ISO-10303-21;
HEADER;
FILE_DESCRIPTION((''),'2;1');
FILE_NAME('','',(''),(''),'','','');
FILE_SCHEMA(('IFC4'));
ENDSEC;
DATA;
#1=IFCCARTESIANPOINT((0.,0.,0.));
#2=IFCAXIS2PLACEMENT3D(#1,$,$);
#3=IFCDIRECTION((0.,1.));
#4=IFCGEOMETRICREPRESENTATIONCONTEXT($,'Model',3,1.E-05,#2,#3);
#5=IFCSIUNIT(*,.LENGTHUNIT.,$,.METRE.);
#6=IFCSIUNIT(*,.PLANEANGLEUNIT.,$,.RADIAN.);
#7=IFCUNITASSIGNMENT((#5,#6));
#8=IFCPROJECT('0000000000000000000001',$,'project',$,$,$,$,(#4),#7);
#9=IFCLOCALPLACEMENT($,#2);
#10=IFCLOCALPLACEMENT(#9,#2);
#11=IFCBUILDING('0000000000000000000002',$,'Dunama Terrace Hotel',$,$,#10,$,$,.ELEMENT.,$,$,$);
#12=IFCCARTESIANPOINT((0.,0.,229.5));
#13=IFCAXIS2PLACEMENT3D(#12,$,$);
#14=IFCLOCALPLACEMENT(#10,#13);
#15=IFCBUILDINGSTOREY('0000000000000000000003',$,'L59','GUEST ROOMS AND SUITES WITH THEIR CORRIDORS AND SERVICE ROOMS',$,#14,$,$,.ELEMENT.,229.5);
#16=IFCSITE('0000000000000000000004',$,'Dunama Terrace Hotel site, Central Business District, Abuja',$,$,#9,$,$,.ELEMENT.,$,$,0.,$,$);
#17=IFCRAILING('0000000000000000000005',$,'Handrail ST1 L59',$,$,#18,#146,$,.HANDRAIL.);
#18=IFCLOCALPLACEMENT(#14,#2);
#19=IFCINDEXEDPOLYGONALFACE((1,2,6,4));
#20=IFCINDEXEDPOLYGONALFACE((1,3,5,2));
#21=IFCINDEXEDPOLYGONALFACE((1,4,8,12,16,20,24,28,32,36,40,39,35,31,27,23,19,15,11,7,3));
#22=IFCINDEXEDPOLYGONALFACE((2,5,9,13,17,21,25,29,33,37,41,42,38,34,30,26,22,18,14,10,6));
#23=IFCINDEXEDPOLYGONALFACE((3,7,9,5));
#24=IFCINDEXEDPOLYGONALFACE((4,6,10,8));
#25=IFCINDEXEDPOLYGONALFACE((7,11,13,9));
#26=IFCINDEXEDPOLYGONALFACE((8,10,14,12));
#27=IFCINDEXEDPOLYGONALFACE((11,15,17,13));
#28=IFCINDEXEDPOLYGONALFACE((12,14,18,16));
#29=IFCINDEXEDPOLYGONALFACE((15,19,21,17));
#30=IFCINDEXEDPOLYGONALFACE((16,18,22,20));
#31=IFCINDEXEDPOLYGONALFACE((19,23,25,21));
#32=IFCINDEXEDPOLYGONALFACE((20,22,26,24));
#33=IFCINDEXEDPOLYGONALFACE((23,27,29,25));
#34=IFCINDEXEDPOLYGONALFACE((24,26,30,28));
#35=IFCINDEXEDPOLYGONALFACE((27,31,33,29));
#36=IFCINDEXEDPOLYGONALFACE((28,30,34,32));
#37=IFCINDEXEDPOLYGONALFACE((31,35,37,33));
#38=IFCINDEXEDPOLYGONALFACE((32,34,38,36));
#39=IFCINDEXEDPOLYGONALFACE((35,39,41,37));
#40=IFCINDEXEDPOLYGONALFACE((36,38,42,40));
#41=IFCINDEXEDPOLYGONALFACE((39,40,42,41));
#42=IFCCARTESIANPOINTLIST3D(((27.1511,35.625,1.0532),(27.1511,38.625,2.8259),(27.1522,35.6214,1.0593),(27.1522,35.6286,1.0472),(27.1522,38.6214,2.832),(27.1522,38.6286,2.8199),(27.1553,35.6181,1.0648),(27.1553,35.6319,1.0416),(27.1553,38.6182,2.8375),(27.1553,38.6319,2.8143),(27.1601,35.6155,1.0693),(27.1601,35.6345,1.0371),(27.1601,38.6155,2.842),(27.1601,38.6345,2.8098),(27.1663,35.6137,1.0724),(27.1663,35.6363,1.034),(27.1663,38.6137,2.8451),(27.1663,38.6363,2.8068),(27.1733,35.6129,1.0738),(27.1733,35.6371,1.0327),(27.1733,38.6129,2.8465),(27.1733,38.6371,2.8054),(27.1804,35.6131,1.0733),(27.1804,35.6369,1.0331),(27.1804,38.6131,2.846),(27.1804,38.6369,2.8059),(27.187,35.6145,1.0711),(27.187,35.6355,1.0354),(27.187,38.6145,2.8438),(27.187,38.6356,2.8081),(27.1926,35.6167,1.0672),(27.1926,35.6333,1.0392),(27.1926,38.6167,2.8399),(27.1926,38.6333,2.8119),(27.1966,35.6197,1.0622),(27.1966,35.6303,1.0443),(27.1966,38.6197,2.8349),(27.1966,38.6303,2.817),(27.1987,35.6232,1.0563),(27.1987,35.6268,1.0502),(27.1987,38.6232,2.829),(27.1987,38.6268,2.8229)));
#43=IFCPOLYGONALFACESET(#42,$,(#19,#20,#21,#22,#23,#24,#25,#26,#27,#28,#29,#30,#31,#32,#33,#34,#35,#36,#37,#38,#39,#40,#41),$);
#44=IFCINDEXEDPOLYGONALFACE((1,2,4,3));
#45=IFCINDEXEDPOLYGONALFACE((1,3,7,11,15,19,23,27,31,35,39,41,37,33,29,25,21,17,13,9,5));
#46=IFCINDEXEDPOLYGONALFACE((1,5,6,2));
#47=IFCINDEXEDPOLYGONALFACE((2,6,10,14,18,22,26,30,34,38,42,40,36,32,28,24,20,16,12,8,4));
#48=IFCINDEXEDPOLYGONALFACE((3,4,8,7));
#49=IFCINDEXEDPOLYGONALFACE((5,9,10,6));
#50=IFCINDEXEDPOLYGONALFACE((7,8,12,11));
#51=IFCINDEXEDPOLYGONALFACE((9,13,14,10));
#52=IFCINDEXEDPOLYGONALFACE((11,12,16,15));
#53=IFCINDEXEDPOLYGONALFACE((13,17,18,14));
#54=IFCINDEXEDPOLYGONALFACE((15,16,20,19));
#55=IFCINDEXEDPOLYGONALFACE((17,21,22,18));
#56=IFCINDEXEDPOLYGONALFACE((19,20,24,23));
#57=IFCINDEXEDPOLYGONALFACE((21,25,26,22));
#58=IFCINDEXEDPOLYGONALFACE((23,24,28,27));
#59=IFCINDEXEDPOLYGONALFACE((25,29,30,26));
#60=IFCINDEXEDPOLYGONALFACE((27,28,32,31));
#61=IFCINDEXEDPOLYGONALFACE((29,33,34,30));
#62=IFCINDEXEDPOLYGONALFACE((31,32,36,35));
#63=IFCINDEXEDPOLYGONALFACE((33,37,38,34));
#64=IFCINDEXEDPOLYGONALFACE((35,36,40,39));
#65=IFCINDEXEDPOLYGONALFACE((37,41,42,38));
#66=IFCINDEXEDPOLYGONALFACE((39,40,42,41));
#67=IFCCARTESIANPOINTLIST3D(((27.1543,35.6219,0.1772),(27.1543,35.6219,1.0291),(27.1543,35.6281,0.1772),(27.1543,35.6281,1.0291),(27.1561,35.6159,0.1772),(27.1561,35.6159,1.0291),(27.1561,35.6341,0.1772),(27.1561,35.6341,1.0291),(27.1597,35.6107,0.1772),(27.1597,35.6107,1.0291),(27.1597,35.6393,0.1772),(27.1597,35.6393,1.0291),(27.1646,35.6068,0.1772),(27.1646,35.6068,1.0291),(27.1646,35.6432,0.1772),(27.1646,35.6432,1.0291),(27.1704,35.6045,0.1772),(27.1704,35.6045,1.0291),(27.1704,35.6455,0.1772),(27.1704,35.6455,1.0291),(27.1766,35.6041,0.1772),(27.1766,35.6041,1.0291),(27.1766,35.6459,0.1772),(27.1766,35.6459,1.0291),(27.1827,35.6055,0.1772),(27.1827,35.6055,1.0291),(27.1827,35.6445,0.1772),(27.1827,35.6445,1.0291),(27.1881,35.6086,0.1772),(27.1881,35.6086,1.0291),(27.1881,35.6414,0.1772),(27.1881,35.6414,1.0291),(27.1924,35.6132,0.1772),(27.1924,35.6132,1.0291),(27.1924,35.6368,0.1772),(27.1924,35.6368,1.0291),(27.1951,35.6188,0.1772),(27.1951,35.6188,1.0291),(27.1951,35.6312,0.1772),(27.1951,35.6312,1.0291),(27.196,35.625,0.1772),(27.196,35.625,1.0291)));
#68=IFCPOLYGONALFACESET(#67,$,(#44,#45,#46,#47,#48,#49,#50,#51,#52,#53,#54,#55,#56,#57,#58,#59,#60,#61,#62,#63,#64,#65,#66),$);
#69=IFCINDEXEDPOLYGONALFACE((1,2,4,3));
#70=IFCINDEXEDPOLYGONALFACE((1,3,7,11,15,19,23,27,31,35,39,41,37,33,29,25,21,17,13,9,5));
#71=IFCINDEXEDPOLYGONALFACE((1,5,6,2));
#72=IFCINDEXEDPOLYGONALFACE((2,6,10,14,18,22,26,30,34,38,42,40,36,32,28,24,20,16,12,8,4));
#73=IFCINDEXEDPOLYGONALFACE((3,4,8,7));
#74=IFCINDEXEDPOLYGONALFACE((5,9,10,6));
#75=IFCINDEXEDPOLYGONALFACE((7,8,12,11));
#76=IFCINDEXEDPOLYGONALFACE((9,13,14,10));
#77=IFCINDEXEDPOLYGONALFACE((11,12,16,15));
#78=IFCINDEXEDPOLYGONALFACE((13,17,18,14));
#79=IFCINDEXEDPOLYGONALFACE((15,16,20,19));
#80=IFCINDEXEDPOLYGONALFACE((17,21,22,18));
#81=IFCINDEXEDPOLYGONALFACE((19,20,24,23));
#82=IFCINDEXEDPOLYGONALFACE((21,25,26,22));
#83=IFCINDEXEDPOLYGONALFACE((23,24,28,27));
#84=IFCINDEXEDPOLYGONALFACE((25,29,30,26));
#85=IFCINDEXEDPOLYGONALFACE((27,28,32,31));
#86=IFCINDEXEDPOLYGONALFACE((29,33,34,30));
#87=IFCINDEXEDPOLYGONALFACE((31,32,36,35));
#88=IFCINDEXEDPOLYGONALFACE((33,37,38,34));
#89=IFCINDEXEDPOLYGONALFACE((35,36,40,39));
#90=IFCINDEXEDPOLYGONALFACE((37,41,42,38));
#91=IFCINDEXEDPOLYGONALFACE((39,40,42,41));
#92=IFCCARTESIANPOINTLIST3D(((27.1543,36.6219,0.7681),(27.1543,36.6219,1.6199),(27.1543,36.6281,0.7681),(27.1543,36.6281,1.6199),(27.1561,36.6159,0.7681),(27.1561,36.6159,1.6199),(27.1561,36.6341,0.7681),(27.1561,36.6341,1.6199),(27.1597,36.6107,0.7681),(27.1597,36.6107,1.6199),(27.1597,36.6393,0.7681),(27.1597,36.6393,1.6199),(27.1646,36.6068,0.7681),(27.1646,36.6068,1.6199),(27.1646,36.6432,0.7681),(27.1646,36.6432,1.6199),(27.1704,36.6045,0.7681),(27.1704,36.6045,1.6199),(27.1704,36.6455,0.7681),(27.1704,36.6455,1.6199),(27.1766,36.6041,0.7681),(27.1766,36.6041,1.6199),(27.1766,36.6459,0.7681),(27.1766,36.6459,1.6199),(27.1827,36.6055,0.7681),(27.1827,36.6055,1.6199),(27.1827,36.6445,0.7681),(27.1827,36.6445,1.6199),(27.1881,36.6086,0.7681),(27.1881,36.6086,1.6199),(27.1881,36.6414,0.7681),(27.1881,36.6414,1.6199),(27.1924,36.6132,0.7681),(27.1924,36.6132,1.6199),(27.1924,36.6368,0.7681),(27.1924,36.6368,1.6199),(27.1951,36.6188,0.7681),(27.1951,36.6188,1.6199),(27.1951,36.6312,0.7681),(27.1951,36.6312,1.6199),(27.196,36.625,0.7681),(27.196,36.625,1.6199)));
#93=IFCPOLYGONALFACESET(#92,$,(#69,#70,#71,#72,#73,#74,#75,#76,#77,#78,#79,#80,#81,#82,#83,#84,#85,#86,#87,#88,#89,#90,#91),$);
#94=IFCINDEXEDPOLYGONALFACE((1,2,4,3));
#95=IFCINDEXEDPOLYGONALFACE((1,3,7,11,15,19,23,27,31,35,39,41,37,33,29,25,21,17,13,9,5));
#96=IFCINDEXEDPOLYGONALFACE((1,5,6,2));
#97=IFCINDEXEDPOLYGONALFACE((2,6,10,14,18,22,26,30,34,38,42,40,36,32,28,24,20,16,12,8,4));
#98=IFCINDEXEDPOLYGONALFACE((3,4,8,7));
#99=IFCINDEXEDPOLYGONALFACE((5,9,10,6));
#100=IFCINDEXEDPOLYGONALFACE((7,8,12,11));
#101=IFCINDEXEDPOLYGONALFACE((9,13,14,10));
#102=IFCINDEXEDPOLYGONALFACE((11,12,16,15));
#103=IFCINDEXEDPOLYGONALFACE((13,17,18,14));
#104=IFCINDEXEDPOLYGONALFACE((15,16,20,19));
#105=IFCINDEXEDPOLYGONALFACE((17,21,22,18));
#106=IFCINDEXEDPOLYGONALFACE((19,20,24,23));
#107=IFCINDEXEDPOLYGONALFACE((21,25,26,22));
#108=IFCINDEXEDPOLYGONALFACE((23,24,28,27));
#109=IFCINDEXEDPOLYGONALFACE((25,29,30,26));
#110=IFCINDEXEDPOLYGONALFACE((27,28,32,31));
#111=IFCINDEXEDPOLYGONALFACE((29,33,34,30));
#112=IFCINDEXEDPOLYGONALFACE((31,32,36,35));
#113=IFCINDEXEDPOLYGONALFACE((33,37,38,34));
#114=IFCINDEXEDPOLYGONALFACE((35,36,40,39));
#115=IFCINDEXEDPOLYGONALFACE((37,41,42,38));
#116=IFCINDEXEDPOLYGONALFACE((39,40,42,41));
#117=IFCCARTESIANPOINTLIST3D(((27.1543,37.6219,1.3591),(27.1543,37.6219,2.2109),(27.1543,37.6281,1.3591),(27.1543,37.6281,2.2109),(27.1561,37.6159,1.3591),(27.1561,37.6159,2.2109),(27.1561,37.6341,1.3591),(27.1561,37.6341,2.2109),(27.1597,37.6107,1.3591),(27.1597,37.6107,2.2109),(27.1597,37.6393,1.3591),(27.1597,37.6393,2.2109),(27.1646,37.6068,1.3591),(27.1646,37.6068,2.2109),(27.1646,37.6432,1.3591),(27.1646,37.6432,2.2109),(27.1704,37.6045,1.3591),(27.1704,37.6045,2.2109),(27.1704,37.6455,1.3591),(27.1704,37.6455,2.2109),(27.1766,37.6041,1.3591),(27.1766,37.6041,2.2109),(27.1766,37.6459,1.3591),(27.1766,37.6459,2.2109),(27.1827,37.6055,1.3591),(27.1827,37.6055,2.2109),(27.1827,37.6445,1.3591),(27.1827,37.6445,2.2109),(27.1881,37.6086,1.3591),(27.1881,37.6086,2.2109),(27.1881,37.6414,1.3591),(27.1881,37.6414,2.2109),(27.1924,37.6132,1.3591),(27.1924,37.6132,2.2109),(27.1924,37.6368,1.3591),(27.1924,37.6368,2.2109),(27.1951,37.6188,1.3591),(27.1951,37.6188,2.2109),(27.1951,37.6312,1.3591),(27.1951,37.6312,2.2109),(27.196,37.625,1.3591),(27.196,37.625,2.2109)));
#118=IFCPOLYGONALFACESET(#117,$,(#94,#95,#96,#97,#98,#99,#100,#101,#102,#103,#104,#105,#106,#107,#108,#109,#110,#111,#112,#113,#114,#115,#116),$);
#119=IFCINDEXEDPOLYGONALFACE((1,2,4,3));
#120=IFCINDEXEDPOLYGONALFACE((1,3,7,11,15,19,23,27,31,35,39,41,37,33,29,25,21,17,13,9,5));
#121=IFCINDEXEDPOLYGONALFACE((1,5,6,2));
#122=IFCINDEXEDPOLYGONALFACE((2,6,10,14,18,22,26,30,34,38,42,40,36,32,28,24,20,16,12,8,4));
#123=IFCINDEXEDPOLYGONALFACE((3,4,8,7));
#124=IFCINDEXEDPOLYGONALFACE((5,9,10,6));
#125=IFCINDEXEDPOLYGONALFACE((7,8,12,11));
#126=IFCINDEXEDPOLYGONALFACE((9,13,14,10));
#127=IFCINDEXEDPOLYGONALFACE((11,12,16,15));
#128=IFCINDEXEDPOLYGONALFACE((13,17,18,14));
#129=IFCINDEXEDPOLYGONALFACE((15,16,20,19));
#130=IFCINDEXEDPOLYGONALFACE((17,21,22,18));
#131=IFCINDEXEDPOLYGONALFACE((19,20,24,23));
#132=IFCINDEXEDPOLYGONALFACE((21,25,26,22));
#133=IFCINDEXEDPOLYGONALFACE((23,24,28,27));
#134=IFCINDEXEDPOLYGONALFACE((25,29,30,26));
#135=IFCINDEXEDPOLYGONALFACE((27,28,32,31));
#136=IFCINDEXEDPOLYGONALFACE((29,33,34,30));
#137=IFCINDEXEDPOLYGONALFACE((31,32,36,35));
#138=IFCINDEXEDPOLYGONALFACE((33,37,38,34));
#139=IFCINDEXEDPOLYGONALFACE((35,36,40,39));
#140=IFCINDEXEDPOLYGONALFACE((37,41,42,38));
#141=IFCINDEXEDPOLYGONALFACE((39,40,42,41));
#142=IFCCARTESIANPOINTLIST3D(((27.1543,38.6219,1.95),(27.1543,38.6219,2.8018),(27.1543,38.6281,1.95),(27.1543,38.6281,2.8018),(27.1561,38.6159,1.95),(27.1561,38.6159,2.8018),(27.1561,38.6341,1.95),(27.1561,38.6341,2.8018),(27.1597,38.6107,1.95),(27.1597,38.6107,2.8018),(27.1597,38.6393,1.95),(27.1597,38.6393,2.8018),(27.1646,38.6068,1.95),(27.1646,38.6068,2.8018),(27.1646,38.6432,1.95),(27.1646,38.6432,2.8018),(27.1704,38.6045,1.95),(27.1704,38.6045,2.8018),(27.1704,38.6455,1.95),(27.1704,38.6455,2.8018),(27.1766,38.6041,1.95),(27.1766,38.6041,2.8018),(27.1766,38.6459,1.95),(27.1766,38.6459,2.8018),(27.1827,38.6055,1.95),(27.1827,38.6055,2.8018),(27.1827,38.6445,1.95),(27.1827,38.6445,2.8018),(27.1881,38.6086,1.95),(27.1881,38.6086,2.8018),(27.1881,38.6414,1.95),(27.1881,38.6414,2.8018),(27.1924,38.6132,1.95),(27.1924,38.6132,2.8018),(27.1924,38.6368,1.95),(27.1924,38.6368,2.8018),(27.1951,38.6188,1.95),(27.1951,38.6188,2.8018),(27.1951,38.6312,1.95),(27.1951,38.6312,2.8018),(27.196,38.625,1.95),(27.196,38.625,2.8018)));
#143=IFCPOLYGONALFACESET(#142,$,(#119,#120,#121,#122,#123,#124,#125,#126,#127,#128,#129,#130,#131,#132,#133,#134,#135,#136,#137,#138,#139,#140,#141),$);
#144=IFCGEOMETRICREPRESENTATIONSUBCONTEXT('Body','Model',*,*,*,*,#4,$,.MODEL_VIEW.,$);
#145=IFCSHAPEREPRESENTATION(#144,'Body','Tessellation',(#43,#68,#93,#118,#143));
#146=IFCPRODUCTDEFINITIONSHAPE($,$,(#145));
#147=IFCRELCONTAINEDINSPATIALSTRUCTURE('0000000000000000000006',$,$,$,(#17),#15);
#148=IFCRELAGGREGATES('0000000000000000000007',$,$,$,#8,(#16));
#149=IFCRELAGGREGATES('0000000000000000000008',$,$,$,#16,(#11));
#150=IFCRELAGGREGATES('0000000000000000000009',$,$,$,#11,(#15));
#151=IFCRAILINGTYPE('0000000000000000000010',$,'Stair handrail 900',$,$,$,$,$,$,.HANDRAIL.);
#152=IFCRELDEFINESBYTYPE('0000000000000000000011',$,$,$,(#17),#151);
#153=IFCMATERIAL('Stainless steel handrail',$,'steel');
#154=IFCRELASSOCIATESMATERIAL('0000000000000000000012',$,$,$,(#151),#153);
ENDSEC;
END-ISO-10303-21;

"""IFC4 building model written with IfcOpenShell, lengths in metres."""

from ifc_helpers import new_model, si_unit, direction, frame, origin, origin_2d, place, context, subcontext, project, spatial, circle, extrude, material, type_object, element, save


model = new_model("IFC4")

# Units and contexts
model_context = context("Model", 3, precision=1e-05, world=origin(), true_north=direction((0.0, 1.0)))
body_context = subcontext(model_context, "Body", "Model", "MODEL_VIEW")
ifc_project = project(units=[si_unit("LENGTHUNIT", "METRE"), si_unit("PLANEANGLEUNIT", "RADIAN")], contexts=[model_context])

# Site, building, storey
site_placement = place(None, origin())
site = spatial("IfcSite", under=ifc_project, at=site_placement, Name="Dunama Terrace Hotel site, Central Business District, Abuja", CompositionType="ELEMENT", RefElevation=0.0)
building_placement = place(site_placement, origin())
building = spatial("IfcBuilding", under=site, at=building_placement, Name="Dunama Terrace Hotel", CompositionType="ELEMENT")
storey_placement = place(building_placement, frame((0.0, 0.0, 229.5)))
storey = spatial("IfcBuildingStorey", under=building, at=storey_placement, Name="L59", Description="GUEST ROOMS AND SUITES WITH THEIR CORRIDORS AND SERVICE ROOMS", CompositionType="ELEMENT", Elevation=229.5)

# Railing
ifc_material_1 = material(Name="Stainless steel handrail", Category="steel")
railing_type = type_object("IfcRailingType", Name="Stair handrail 900", PredefinedType="HANDRAIL", material=ifc_material_1)
railing_1_placement = place(storey_placement, frame((27.175, 35.625, 0.1772)))
element("IfcRailing", 1, at=railing_1_placement, inside=storey, type_object=railing_type, Name="Handrail ST1 L59", PredefinedType="HANDRAIL", context=body_context, shape_type="SweptSolid", body=[
    extrude(circle(Radius=0.0239, at=origin_2d()), frame((0.0, 0.0, 0.876), z_axis=(0.0, 0.860929, 0.508725), x_axis=(-1.0, 0.0, 0.0)), (0.0, 0.0, 1.0), 3.4846),
    extrude(circle(Radius=0.021, at=origin_2d()), origin(), (0.0, 0.0, 1.0), 0.8518),
    extrude(circle(Radius=0.021, at=origin_2d()), frame((0.0, 1.0, 0.5908)), (0.0, 0.0, 1.0), 0.8518),
    extrude(circle(Radius=0.021, at=origin_2d()), frame((0.0, 2.0, 1.1819)), (0.0, 0.0, 1.0), 0.8518),
    extrude(circle(Radius=0.021, at=origin_2d()), frame((0.0, 3.0, 1.7727)), (0.0, 0.0, 1.0), 0.8518),
])

save(model, "model.ifc")
